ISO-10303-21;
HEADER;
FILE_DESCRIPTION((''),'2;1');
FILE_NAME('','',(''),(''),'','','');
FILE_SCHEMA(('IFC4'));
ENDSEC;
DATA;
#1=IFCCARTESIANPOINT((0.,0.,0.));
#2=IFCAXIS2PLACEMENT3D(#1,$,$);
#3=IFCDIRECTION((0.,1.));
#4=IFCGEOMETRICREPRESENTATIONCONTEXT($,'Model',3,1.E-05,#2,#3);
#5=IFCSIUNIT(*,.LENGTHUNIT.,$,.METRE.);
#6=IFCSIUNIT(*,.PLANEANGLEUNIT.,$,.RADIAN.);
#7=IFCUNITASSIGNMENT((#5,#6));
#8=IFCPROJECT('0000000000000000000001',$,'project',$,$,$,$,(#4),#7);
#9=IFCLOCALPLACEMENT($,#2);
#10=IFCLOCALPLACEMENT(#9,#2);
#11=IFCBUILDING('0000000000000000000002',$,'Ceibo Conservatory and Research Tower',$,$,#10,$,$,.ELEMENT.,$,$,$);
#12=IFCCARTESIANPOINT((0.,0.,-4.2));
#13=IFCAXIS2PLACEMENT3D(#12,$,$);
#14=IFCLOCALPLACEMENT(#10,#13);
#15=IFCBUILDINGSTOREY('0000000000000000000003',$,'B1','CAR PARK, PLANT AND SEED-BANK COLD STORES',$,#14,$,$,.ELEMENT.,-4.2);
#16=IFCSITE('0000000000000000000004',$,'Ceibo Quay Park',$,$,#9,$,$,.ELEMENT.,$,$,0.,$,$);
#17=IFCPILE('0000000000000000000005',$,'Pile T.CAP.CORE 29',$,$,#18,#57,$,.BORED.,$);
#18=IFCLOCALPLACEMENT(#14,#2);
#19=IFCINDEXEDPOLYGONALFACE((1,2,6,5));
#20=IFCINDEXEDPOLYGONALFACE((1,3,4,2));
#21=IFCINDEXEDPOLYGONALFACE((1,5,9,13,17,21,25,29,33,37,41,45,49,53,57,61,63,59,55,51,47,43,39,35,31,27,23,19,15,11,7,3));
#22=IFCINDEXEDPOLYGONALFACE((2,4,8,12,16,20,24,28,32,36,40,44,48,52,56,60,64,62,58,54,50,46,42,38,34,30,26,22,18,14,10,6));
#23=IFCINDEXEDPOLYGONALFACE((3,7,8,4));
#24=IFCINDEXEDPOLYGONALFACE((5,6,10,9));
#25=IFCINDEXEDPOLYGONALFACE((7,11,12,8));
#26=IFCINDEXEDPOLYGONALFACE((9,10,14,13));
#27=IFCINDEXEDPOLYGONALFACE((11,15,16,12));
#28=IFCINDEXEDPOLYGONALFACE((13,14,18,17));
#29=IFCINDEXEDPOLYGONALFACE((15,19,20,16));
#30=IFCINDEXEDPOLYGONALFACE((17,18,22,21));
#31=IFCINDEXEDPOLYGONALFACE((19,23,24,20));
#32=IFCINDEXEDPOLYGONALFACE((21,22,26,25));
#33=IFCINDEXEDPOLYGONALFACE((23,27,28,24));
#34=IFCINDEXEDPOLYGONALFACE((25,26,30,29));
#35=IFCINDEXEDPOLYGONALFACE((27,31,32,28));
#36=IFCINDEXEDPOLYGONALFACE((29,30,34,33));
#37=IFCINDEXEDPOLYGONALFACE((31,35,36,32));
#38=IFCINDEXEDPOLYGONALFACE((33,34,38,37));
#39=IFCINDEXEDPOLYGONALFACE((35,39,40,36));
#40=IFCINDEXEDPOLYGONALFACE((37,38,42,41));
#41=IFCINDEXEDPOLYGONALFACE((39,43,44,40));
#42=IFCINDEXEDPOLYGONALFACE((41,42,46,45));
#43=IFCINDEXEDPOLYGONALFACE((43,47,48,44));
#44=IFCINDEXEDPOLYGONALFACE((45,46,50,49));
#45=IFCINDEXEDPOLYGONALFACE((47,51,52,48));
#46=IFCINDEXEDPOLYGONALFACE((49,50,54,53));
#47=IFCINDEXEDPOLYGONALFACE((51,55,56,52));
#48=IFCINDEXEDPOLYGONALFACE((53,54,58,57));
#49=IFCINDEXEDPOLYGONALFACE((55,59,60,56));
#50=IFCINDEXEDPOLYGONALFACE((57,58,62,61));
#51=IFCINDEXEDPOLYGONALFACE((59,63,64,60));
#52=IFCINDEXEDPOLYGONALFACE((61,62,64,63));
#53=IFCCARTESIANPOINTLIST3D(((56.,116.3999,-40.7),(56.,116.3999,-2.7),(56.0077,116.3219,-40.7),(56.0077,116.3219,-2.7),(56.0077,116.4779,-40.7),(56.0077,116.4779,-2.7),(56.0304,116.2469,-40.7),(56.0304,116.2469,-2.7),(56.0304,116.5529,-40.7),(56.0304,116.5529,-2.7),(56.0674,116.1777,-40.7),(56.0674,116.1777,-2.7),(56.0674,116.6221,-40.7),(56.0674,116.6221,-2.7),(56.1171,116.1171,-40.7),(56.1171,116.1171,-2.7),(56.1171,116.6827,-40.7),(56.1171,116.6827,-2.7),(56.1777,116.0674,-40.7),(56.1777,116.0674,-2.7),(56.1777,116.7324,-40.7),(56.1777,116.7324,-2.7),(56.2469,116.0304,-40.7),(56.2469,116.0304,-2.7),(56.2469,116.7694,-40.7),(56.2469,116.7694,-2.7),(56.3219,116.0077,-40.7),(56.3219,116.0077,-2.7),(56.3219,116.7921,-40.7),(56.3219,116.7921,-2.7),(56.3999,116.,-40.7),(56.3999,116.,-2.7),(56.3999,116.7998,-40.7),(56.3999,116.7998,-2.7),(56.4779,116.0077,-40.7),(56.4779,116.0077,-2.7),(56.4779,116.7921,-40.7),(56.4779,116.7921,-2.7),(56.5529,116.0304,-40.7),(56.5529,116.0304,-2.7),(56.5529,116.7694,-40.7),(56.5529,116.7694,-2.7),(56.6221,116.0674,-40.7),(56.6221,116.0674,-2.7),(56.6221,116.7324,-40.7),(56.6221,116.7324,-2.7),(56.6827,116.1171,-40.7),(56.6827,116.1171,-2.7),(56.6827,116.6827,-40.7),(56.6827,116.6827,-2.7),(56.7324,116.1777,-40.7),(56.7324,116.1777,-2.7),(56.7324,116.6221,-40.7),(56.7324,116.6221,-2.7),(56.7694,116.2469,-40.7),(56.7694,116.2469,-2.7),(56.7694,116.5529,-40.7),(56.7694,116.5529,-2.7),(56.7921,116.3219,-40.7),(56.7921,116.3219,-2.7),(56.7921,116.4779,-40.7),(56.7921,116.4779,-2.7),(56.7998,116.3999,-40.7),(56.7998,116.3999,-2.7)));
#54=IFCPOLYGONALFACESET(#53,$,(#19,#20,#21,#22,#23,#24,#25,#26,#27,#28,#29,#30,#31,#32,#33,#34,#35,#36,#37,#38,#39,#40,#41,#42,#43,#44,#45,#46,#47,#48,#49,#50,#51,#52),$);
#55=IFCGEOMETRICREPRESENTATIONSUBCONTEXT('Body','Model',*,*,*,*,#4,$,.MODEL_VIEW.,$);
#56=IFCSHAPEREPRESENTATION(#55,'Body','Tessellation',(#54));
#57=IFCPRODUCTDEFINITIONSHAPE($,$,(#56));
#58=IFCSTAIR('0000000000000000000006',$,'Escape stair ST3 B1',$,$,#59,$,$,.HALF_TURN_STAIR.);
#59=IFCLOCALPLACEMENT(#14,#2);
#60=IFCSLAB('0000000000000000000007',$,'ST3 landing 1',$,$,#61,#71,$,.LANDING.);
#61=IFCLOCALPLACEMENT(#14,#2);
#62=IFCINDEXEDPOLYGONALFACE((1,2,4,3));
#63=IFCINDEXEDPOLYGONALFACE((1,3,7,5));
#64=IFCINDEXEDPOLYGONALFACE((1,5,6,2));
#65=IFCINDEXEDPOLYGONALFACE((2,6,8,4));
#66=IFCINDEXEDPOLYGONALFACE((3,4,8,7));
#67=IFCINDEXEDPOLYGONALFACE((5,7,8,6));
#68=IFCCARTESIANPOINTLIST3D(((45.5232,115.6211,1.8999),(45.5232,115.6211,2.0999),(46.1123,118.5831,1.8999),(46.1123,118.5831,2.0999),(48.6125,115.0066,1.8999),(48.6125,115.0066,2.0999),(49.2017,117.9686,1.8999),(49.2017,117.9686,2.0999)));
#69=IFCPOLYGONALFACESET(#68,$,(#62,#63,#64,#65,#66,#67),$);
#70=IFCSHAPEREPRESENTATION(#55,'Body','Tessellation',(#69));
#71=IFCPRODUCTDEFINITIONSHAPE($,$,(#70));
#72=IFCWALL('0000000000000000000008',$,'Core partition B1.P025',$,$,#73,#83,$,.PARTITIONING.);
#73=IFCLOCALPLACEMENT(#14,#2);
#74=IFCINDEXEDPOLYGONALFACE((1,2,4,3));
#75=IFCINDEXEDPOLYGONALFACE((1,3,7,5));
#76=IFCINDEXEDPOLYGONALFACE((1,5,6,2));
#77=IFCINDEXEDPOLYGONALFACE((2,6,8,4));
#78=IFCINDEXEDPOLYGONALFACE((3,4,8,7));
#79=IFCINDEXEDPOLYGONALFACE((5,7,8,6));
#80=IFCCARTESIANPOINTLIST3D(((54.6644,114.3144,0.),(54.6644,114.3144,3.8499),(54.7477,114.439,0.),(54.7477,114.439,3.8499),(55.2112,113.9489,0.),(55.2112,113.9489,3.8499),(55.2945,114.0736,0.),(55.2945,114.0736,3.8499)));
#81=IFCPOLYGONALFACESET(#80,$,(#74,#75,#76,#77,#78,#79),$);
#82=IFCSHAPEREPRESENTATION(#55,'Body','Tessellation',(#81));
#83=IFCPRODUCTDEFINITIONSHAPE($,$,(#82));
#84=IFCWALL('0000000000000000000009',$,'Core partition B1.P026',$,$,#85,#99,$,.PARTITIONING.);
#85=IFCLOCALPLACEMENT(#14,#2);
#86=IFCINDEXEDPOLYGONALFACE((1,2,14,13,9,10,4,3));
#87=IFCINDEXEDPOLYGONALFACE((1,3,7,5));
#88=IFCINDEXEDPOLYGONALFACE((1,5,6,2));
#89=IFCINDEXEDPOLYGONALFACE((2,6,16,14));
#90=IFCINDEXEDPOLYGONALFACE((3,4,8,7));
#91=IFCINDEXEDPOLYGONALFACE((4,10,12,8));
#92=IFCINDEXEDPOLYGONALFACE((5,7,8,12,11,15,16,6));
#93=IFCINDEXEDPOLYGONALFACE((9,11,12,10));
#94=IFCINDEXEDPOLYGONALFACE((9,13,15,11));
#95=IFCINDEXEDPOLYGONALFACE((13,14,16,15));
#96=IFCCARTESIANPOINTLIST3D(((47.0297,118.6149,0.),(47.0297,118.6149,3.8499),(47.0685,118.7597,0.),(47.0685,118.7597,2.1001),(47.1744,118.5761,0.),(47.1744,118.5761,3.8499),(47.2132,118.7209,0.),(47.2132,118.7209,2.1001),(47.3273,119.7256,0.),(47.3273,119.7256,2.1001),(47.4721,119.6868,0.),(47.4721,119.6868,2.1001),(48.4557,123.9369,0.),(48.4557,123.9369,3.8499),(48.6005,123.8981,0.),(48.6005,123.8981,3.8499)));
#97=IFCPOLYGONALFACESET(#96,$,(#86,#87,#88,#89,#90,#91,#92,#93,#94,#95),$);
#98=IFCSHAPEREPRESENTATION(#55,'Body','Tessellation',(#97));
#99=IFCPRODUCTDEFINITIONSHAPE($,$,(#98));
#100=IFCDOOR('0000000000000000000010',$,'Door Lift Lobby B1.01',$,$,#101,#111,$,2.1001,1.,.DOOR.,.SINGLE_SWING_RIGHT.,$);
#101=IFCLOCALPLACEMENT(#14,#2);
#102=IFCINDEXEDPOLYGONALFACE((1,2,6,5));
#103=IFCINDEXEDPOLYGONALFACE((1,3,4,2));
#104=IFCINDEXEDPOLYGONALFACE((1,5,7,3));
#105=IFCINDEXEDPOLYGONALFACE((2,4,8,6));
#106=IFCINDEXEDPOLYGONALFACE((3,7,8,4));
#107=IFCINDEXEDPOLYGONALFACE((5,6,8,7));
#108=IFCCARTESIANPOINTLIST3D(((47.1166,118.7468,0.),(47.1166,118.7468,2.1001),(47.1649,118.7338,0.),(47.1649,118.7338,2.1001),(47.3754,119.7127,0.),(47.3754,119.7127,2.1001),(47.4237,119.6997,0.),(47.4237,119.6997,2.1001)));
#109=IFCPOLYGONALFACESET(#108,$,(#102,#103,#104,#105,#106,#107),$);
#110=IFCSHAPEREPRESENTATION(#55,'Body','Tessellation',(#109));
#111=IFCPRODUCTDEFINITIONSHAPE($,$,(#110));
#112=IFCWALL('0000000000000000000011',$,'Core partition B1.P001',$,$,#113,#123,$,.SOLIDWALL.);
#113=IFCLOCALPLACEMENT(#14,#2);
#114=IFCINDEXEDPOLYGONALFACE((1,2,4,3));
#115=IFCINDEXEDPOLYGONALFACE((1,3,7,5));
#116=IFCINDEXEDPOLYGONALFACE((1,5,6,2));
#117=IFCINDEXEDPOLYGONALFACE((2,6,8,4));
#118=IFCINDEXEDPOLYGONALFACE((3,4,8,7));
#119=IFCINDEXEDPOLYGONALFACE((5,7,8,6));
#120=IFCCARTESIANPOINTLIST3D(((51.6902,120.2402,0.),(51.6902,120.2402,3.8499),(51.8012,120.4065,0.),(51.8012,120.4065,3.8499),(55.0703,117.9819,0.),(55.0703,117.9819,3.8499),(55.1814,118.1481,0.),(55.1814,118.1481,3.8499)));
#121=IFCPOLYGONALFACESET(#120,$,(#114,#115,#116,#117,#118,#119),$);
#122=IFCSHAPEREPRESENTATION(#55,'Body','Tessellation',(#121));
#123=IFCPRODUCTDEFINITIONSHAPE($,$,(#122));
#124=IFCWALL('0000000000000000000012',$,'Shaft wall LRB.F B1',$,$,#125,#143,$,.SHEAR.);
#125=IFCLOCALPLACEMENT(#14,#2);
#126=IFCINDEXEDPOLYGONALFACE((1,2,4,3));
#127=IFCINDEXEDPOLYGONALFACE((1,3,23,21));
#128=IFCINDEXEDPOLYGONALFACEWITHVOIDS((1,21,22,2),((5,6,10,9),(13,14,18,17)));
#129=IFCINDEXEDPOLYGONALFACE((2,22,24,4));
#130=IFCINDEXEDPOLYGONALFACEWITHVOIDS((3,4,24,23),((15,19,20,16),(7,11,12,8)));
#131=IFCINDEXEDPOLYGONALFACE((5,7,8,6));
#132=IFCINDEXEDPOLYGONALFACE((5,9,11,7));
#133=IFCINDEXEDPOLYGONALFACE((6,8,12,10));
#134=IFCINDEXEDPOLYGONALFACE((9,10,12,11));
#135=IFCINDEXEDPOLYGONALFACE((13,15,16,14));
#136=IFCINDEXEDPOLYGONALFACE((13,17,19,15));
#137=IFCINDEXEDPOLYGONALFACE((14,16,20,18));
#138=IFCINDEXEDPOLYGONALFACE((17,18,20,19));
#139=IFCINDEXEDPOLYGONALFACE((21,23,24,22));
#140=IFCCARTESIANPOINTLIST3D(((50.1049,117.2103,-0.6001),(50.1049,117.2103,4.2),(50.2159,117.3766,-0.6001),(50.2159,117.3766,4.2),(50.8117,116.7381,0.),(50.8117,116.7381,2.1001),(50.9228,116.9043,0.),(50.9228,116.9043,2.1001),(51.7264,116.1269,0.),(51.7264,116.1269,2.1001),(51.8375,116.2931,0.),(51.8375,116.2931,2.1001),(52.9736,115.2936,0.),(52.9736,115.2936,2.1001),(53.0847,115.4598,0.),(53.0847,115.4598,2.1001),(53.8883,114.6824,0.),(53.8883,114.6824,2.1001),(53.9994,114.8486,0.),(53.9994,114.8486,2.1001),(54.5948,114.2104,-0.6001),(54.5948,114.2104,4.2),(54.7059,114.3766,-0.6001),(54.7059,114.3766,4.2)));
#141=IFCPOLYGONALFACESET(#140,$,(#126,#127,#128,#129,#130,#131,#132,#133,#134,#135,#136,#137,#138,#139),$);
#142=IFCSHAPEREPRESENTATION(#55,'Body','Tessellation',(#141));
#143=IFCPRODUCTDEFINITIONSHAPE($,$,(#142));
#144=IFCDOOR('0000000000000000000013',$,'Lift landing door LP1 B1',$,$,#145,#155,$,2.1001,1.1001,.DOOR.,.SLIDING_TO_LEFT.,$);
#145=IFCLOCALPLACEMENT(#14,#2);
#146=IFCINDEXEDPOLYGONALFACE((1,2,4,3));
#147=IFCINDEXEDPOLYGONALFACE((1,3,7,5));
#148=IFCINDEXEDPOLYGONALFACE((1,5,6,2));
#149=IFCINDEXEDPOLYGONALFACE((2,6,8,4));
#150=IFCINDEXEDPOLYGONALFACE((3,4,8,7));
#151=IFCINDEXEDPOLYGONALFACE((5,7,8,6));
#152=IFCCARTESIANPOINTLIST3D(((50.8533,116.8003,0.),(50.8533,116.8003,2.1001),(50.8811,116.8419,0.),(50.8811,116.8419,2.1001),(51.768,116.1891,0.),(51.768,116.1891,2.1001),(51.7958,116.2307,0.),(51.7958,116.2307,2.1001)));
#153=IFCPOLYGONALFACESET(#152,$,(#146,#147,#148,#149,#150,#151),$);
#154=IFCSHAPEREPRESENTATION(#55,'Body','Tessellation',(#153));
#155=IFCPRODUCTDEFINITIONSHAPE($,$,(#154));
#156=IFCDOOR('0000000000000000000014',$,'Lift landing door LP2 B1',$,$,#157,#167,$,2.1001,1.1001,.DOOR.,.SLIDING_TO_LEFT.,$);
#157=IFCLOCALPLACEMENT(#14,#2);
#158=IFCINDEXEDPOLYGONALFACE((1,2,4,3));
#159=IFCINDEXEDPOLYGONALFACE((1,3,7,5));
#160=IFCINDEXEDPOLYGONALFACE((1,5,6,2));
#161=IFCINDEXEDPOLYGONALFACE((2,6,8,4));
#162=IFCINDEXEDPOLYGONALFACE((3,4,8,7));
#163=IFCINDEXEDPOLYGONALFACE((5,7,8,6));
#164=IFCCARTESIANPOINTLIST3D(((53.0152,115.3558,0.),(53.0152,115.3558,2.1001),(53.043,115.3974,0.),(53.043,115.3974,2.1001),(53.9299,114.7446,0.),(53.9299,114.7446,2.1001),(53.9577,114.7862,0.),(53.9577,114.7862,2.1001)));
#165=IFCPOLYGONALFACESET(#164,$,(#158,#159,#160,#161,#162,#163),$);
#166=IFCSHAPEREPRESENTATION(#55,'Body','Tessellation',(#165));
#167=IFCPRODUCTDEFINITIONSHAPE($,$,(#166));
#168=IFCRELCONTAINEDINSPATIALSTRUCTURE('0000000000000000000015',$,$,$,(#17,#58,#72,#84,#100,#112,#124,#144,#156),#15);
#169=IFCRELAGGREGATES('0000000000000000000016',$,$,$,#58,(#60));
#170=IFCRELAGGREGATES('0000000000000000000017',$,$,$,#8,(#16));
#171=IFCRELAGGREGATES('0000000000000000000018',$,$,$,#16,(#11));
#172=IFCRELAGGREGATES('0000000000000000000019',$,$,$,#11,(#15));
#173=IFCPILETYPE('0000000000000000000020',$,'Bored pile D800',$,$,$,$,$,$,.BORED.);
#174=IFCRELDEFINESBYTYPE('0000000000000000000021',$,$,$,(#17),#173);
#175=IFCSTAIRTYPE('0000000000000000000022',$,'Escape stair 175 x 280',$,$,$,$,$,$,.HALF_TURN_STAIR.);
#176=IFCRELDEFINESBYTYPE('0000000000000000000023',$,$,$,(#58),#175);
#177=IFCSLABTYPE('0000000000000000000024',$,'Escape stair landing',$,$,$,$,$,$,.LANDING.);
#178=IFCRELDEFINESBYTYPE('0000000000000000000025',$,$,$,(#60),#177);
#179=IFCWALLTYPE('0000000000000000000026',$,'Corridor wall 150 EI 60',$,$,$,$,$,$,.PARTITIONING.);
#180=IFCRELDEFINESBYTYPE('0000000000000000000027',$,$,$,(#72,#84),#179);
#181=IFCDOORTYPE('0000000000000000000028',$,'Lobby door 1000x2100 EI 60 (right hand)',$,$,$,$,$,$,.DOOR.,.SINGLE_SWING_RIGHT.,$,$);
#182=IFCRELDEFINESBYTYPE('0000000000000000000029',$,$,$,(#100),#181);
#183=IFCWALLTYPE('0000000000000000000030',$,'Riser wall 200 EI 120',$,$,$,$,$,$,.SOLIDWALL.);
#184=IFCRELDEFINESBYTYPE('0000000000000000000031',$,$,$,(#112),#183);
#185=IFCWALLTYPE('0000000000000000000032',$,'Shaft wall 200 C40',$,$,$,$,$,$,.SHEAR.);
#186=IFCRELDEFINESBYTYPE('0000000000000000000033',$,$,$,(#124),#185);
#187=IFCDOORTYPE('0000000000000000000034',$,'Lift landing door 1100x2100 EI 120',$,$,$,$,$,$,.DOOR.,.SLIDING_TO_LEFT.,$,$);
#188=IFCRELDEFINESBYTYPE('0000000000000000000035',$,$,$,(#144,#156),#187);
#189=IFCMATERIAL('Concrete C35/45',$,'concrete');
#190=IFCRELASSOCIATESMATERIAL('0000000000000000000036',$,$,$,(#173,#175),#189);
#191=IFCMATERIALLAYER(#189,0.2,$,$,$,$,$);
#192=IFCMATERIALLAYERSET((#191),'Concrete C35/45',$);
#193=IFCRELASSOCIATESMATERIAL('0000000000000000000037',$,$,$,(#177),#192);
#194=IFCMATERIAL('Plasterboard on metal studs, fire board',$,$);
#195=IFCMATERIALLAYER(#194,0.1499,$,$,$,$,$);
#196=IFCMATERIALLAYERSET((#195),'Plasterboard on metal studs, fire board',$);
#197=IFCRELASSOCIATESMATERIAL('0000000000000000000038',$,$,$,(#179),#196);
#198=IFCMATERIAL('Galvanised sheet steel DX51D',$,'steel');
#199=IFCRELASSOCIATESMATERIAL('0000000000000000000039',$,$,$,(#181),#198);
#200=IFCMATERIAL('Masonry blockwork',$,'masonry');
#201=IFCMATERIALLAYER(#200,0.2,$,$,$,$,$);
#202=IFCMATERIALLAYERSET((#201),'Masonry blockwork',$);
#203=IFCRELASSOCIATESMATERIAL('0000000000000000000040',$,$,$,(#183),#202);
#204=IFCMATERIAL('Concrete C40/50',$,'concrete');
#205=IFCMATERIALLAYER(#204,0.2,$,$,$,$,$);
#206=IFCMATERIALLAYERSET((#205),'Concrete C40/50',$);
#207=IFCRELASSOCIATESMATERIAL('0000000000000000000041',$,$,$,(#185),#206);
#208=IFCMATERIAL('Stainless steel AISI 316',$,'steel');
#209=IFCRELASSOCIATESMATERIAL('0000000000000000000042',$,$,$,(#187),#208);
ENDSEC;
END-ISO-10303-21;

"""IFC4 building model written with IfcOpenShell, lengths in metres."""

from ifc_helpers import new_model, si_unit, direction, frame, frame_2d, origin, origin_2d, place, context, subcontext, project, spatial, polyline, rectangle, circle, outline, extrude, material, layer, layer_set, material_profile, profile_set, type_object, element, fill, aggregate, save


model = new_model("IFC4")

# Units and contexts
model_context = context("Model", 3, precision=1e-05, world=origin(), true_north=direction((0.0, 1.0)))
body_context = subcontext(model_context, "Body", "Model", "MODEL_VIEW")
ifc_project = project(units=[si_unit("LENGTHUNIT", "METRE"), si_unit("PLANEANGLEUNIT", "RADIAN")], contexts=[model_context])

# Site, building, storey
site_placement = place(None, origin())
site = spatial("IfcSite", under=ifc_project, at=site_placement, Name="Ceibo Quay Park", CompositionType="ELEMENT", RefElevation=0.0)
building_placement = place(site_placement, origin())
building = spatial("IfcBuilding", under=site, at=building_placement, Name="Ceibo Conservatory and Research Tower", CompositionType="ELEMENT")
storey_placement = place(building_placement, frame((0.0, 0.0, -4.2)))
storey = spatial("IfcBuildingStorey", under=building, at=storey_placement, Name="B1", Description="CAR PARK, PLANT AND SEED-BANK COLD STORES", CompositionType="ELEMENT", Elevation=-4.2)

# Pile
ifc_material_1 = material(Name="Concrete C35/45", Category="concrete")
ifc_material_profile = material_profile(ifc_material_1, circle(Radius=0.3999, at=origin_2d()), Name="RC D800")
ifc_profile_set = profile_set([ifc_material_profile], Name="Concrete C35/45")
pile_type = type_object("IfcPileType", Name="Bored pile D800", PredefinedType="BORED", material=ifc_profile_set)
for number, where, z_axis, x_axis, name in (
    (1, (56.3999, 116.3999, -2.7), (0.0, 0.0, -1.0), (1.0, 0.0, 0.0), "Pile T.CAP.CORE 29"),
):
    element("IfcPile", number, at=place(storey_placement, frame(where, z_axis=z_axis, x_axis=x_axis)), inside=storey, type_object=pile_type, Name=name, PredefinedType="BORED", context=body_context, shape_type="SweptSolid", body=[
        extrude(circle(Radius=0.3999, at=origin_2d()), origin(), (0.0, 0.0, 1.0), 38.0),
    ])

# Stair, slab
stair_type = type_object("IfcStairType", Name="Escape stair 175 x 280", PredefinedType="HALF_TURN_STAIR", material=ifc_material_1)
stair_placement = place(storey_placement, origin())
stair = element("IfcStair", 2, at=stair_placement, inside=storey, type_object=stair_type, Name="Escape stair ST3 B1", PredefinedType="HALF_TURN_STAIR")
ifc_layer_1 = layer(ifc_material_1, 0.2)
ifc_layer_set_1 = layer_set([ifc_layer_1], Name="Concrete C35/45")
slab_type = type_object("IfcSlabType", Name="Escape stair landing", PredefinedType="LANDING", material=ifc_layer_set_1)
slab_placement = place(storey_placement, frame((48.6125, 115.0066, 1.8999), z_axis=(0.0, 0.0, 1.0), x_axis=(0.19509, 0.980785, 0.0)))
slab = element("IfcSlab", 3, at=slab_placement, type_object=slab_type, Name="ST3 landing 1", PredefinedType="LANDING", context=body_context, shape_type="SweptSolid", body=[
    extrude(outline(polyline([(0.0, 0.0), (3.02, 0.0), (3.02, 3.1499), (0.0, 3.1499), (0.0, 0.0)])), origin(), (0.0, 0.0, 1.0), 0.2),
])

# Wall
ifc_material_2 = material(Name="Plasterboard on metal studs, fire board")
ifc_layer_2 = layer(ifc_material_2, 0.1499)
ifc_layer_set_2 = layer_set([ifc_layer_2], Name="Plasterboard on metal studs, fire board")
wall_type_1 = type_object("IfcWallType", Name="Corridor wall 150 EI 60", PredefinedType="PARTITIONING", material=ifc_layer_set_2)
wall_1_placement = place(storey_placement, frame((54.7061, 114.3767, 0.0), z_axis=(0.0, 0.0, 1.0), x_axis=(0.831422, -0.555642, 0.0)))
element("IfcWall", 4, at=wall_1_placement, inside=storey, type_object=wall_type_1, Name="Core partition B1.P025", PredefinedType="PARTITIONING", context=body_context, shape_type="SweptSolid", body=[
    extrude(rectangle(XDim=0.6577, YDim=0.1499, at=frame_2d((0.3289, 0.0))), origin(), (0.0, 0.0, 1.0), 3.8499),
])

# Wall, opening, door
wall_2_placement = place(storey_placement, frame((47.1021, 118.5955, 0.0), z_axis=(0.0, 0.0, 1.0), x_axis=(0.258818, 0.965926, 0.0)))
wall_2 = element("IfcWall", 5, at=wall_2_placement, inside=storey, type_object=wall_type_1, Name="Core partition B1.P026", PredefinedType="PARTITIONING", context=body_context, shape_type="SweptSolid", body=[
    extrude(rectangle(XDim=5.5098, YDim=0.1499, at=frame_2d((2.7549, 0.0))), origin(), (0.0, 0.0, 1.0), 3.8499),
])
opening_1_placement = place(wall_2_placement, frame((0.1499, 0.0, 0.0)))
opening_1 = element("IfcOpeningElement", 6, at=opening_1_placement, cuts=wall_2, PredefinedType="OPENING", context=body_context, shape_type="SweptSolid", body=[
    extrude(rectangle(XDim=1.0, YDim=2.1001, at=frame_2d((0.5, 1.05))), frame((0.0, 0.085, 0.0), z_axis=(0.0, -1.0, 0.0), x_axis=(1.0, 0.0, 0.0)), (0.0, 0.0, 1.0), 0.1699),
])
ifc_material_3 = material(Name="Galvanised sheet steel DX51D", Category="steel")
door_type_1 = type_object("IfcDoorType", Name="Lobby door 1000x2100 EI 60 (right hand)", OperationType="SINGLE_SWING_RIGHT", PredefinedType="DOOR", material=ifc_material_3)
door_1_placement = place(opening_1_placement, frame((1.0, 0.0, 0.0), z_axis=(0.0, 0.0, 1.0), x_axis=(-1.0, 0.0, 0.0)))
door_1 = element("IfcDoor", 7, at=door_1_placement, inside=storey, type_object=door_type_1, Name="Door Lift Lobby B1.01", OperationType="SINGLE_SWING_RIGHT", OverallHeight=2.1001, OverallWidth=1.0, PredefinedType="DOOR", context=body_context, shape_type="SweptSolid", body=[
    extrude(rectangle(XDim=1.0, YDim=2.1001, at=frame_2d((0.5, 1.05))), frame((0.0, 0.0249, 0.0), z_axis=(0.0, -1.0, 0.0), x_axis=(1.0, 0.0, 0.0)), (0.0, 0.0, 1.0), 0.05),
])
fill(opening_1, door_1)

# Wall
ifc_material_4 = material(Name="Masonry blockwork", Category="masonry")
ifc_layer_3 = layer(ifc_material_4, 0.2)
ifc_layer_set_3 = layer_set([ifc_layer_3], Name="Masonry blockwork")
wall_type_2 = type_object("IfcWallType", Name="Riser wall 200 EI 120", PredefinedType="SOLIDWALL", material=ifc_layer_set_3)
wall_3_placement = place(storey_placement, frame((55.126, 118.0649, 0.0), z_axis=(0.0, 0.0, 1.0), x_axis=(-0.831496, 0.555531, 0.0)))
element("IfcWall", 8, at=wall_3_placement, inside=storey, type_object=wall_type_2, Name="Core partition B1.P001", PredefinedType="SOLIDWALL", context=body_context, shape_type="SweptSolid", body=[
    extrude(rectangle(XDim=4.0652, YDim=0.2, at=frame_2d((2.0327, 0.0))), origin(), (0.0, 0.0, 1.0), 3.8499),
])

# Wall, openings, doors
ifc_material_5 = material(Name="Concrete C40/50", Category="concrete")
ifc_layer_4 = layer(ifc_material_5, 0.2)
ifc_layer_set_4 = layer_set([ifc_layer_4], Name="Concrete C40/50")
wall_type_3 = type_object("IfcWallType", Name="Shaft wall 200 C40", PredefinedType="SHEAR", material=ifc_layer_set_4)
wall_4_placement = place(storey_placement, frame((50.1604, 117.2935, -0.6001), z_axis=(0.0, 0.0, 1.0), x_axis=(0.831479, -0.555555, 0.0)))
wall_4 = element("IfcWall", 9, at=wall_4_placement, inside=storey, type_object=wall_type_3, Name="Shaft wall LRB.F B1", PredefinedType="SHEAR", context=body_context, shape_type="SweptSolid", body=[
    extrude(rectangle(XDim=5.3999, YDim=0.2, at=frame_2d((2.7, 0.0))), origin(), (0.0, 0.0, 1.0), 4.8),
])
opening_2_placement = place(wall_4_placement, frame((0.8501, 0.0, 0.6001)))
opening_2 = element("IfcOpeningElement", 10, at=opening_2_placement, cuts=wall_4, PredefinedType="OPENING", context=body_context, shape_type="SweptSolid", body=[
    extrude(rectangle(XDim=1.1001, YDim=2.1001, at=frame_2d((0.55, 1.05))), frame((0.0, 0.1099, 0.0), z_axis=(0.0, -1.0, 0.0), x_axis=(1.0, 0.0, 0.0)), (0.0, 0.0, 1.0), 0.22),
])
opening_3_placement = place(wall_4_placement, frame((3.4502, 0.0, 0.6001)))
opening_3 = element("IfcOpeningElement", 11, at=opening_3_placement, cuts=wall_4, PredefinedType="OPENING", context=body_context, shape_type="SweptSolid", body=[
    extrude(rectangle(XDim=1.1001, YDim=2.1001, at=frame_2d((0.55, 1.05))), frame((0.0, 0.1099, 0.0), z_axis=(0.0, -1.0, 0.0), x_axis=(1.0, 0.0, 0.0)), (0.0, 0.0, 1.0), 0.22),
])
ifc_material_6 = material(Name="Stainless steel AISI 316", Category="steel")
door_type_2 = type_object("IfcDoorType", Name="Lift landing door 1100x2100 EI 120", OperationType="SLIDING_TO_LEFT", PredefinedType="DOOR", material=ifc_material_6)
door_2_placement = place(opening_2_placement, origin())
door_2 = element("IfcDoor", 12, at=door_2_placement, inside=storey, type_object=door_type_2, Name="Lift landing door LP1 B1", OperationType="SLIDING_TO_LEFT", OverallHeight=2.1001, OverallWidth=1.1001, PredefinedType="DOOR", context=body_context, shape_type="SweptSolid", body=[
    extrude(rectangle(XDim=1.1001, YDim=2.1001, at=frame_2d((0.55, 1.05))), frame((0.0, 0.0249, 0.0), z_axis=(0.0, -1.0, 0.0), x_axis=(1.0, 0.0, 0.0)), (0.0, 0.0, 1.0), 0.05),
])
fill(opening_2, door_2)
door_3_placement = place(opening_3_placement, origin())
door_3 = element("IfcDoor", 13, at=door_3_placement, inside=storey, type_object=door_type_2, Name="Lift landing door LP2 B1", OperationType="SLIDING_TO_LEFT", OverallHeight=2.1001, OverallWidth=1.1001, PredefinedType="DOOR", context=body_context, shape_type="SweptSolid", body=[
    extrude(rectangle(XDim=1.1001, YDim=2.1001, at=frame_2d((0.55, 1.05))), frame((0.0, 0.0249, 0.0), z_axis=(0.0, -1.0, 0.0), x_axis=(1.0, 0.0, 0.0)), (0.0, 0.0, 1.0), 0.05),
])
fill(opening_3, door_3)

aggregate(stair, [slab])

save(model, "model.ifc")
